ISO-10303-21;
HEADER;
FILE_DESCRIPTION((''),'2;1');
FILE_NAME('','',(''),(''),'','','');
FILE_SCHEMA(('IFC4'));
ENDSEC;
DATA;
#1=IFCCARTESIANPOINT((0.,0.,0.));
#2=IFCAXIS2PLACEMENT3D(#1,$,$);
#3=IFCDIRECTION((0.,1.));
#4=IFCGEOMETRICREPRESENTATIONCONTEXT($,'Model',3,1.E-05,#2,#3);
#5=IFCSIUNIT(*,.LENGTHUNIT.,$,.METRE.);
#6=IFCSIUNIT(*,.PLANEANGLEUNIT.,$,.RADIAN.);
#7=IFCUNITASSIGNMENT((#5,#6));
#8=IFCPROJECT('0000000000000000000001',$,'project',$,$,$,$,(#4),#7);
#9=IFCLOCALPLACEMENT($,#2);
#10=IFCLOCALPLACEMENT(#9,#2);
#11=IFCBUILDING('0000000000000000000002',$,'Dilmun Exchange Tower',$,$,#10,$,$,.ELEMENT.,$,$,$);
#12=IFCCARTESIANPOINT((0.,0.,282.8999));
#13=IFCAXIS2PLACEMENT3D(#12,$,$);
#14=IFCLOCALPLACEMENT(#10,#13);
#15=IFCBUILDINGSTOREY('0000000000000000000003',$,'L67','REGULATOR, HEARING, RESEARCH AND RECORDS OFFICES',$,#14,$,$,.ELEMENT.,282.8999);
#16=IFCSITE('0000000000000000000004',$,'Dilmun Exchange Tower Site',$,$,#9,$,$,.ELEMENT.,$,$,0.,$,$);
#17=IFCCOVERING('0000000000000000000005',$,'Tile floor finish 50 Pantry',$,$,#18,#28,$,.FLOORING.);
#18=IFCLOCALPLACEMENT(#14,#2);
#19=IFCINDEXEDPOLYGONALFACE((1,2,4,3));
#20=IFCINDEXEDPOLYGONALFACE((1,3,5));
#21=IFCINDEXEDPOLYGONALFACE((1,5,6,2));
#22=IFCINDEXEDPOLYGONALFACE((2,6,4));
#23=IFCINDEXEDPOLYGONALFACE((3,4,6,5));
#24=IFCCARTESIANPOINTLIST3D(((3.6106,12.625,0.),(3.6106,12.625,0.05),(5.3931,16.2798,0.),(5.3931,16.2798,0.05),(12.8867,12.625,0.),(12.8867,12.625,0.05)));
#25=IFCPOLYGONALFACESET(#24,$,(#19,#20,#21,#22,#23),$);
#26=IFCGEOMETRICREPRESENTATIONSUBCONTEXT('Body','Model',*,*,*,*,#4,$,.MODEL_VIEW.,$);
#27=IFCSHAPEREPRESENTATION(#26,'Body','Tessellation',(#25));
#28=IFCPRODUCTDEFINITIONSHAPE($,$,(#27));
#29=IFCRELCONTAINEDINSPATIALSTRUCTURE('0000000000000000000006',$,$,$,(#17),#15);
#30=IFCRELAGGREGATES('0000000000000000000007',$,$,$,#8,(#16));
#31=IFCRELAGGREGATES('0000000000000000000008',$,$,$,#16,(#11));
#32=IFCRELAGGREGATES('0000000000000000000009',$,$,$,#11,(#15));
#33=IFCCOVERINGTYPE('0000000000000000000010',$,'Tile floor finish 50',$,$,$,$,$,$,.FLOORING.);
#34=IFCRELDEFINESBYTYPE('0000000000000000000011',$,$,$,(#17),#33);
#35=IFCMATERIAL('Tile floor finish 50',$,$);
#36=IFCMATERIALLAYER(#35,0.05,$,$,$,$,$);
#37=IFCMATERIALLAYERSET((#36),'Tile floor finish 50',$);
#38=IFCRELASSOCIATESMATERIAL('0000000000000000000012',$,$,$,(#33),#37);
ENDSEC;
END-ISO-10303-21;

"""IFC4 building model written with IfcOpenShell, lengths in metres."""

from ifc_helpers import new_model, si_unit, direction, frame, origin, place, context, subcontext, project, spatial, polyline, outline, extrude, material, layer, layer_set, type_object, element, save


model = new_model("IFC4")

# Units and contexts
model_context = context("Model", 3, precision=1e-05, world=origin(), true_north=direction((0.0, 1.0)))
body_context = subcontext(model_context, "Body", "Model", "MODEL_VIEW")
ifc_project = project(units=[si_unit("LENGTHUNIT", "METRE"), si_unit("PLANEANGLEUNIT", "RADIAN")], contexts=[model_context])

# Site, building, storey
site_placement = place(None, origin())
site = spatial("IfcSite", under=ifc_project, at=site_placement, Name="Dilmun Exchange Tower Site", CompositionType="ELEMENT", RefElevation=0.0)
building_placement = place(site_placement, origin())
building = spatial("IfcBuilding", under=site, at=building_placement, Name="Dilmun Exchange Tower", CompositionType="ELEMENT")
storey_placement = place(building_placement, frame((0.0, 0.0, 282.8999)))
storey = spatial("IfcBuildingStorey", under=building, at=storey_placement, Name="L67", Description="REGULATOR, HEARING, RESEARCH AND RECORDS OFFICES", CompositionType="ELEMENT", Elevation=282.8999)

# Covering
ifc_material_1 = material(Name="Tile floor finish 50")
ifc_layer_1 = layer(ifc_material_1, 0.05)
ifc_layer_set_1 = layer_set([ifc_layer_1], Name="Tile floor finish 50")
covering_type_1 = type_object("IfcCoveringType", Name="Tile floor finish 50", PredefinedType="FLOORING", material=ifc_layer_set_1)
covering_1_placement = place(storey_placement, origin())
element("IfcCovering", 1, at=covering_1_placement, inside=storey, type_object=covering_type_1, Name="Tile floor finish 50 Pantry", PredefinedType="FLOORING", context=body_context, shape_type="SweptSolid", body=[
    extrude(outline(polyline([(3.6106, 12.625), (5.3931, 16.2798), (12.8867, 12.625), (3.6106, 12.625)])), origin(), (0.0, 0.0, 1.0), 0.05),
])

save(model, "model.ifc")
